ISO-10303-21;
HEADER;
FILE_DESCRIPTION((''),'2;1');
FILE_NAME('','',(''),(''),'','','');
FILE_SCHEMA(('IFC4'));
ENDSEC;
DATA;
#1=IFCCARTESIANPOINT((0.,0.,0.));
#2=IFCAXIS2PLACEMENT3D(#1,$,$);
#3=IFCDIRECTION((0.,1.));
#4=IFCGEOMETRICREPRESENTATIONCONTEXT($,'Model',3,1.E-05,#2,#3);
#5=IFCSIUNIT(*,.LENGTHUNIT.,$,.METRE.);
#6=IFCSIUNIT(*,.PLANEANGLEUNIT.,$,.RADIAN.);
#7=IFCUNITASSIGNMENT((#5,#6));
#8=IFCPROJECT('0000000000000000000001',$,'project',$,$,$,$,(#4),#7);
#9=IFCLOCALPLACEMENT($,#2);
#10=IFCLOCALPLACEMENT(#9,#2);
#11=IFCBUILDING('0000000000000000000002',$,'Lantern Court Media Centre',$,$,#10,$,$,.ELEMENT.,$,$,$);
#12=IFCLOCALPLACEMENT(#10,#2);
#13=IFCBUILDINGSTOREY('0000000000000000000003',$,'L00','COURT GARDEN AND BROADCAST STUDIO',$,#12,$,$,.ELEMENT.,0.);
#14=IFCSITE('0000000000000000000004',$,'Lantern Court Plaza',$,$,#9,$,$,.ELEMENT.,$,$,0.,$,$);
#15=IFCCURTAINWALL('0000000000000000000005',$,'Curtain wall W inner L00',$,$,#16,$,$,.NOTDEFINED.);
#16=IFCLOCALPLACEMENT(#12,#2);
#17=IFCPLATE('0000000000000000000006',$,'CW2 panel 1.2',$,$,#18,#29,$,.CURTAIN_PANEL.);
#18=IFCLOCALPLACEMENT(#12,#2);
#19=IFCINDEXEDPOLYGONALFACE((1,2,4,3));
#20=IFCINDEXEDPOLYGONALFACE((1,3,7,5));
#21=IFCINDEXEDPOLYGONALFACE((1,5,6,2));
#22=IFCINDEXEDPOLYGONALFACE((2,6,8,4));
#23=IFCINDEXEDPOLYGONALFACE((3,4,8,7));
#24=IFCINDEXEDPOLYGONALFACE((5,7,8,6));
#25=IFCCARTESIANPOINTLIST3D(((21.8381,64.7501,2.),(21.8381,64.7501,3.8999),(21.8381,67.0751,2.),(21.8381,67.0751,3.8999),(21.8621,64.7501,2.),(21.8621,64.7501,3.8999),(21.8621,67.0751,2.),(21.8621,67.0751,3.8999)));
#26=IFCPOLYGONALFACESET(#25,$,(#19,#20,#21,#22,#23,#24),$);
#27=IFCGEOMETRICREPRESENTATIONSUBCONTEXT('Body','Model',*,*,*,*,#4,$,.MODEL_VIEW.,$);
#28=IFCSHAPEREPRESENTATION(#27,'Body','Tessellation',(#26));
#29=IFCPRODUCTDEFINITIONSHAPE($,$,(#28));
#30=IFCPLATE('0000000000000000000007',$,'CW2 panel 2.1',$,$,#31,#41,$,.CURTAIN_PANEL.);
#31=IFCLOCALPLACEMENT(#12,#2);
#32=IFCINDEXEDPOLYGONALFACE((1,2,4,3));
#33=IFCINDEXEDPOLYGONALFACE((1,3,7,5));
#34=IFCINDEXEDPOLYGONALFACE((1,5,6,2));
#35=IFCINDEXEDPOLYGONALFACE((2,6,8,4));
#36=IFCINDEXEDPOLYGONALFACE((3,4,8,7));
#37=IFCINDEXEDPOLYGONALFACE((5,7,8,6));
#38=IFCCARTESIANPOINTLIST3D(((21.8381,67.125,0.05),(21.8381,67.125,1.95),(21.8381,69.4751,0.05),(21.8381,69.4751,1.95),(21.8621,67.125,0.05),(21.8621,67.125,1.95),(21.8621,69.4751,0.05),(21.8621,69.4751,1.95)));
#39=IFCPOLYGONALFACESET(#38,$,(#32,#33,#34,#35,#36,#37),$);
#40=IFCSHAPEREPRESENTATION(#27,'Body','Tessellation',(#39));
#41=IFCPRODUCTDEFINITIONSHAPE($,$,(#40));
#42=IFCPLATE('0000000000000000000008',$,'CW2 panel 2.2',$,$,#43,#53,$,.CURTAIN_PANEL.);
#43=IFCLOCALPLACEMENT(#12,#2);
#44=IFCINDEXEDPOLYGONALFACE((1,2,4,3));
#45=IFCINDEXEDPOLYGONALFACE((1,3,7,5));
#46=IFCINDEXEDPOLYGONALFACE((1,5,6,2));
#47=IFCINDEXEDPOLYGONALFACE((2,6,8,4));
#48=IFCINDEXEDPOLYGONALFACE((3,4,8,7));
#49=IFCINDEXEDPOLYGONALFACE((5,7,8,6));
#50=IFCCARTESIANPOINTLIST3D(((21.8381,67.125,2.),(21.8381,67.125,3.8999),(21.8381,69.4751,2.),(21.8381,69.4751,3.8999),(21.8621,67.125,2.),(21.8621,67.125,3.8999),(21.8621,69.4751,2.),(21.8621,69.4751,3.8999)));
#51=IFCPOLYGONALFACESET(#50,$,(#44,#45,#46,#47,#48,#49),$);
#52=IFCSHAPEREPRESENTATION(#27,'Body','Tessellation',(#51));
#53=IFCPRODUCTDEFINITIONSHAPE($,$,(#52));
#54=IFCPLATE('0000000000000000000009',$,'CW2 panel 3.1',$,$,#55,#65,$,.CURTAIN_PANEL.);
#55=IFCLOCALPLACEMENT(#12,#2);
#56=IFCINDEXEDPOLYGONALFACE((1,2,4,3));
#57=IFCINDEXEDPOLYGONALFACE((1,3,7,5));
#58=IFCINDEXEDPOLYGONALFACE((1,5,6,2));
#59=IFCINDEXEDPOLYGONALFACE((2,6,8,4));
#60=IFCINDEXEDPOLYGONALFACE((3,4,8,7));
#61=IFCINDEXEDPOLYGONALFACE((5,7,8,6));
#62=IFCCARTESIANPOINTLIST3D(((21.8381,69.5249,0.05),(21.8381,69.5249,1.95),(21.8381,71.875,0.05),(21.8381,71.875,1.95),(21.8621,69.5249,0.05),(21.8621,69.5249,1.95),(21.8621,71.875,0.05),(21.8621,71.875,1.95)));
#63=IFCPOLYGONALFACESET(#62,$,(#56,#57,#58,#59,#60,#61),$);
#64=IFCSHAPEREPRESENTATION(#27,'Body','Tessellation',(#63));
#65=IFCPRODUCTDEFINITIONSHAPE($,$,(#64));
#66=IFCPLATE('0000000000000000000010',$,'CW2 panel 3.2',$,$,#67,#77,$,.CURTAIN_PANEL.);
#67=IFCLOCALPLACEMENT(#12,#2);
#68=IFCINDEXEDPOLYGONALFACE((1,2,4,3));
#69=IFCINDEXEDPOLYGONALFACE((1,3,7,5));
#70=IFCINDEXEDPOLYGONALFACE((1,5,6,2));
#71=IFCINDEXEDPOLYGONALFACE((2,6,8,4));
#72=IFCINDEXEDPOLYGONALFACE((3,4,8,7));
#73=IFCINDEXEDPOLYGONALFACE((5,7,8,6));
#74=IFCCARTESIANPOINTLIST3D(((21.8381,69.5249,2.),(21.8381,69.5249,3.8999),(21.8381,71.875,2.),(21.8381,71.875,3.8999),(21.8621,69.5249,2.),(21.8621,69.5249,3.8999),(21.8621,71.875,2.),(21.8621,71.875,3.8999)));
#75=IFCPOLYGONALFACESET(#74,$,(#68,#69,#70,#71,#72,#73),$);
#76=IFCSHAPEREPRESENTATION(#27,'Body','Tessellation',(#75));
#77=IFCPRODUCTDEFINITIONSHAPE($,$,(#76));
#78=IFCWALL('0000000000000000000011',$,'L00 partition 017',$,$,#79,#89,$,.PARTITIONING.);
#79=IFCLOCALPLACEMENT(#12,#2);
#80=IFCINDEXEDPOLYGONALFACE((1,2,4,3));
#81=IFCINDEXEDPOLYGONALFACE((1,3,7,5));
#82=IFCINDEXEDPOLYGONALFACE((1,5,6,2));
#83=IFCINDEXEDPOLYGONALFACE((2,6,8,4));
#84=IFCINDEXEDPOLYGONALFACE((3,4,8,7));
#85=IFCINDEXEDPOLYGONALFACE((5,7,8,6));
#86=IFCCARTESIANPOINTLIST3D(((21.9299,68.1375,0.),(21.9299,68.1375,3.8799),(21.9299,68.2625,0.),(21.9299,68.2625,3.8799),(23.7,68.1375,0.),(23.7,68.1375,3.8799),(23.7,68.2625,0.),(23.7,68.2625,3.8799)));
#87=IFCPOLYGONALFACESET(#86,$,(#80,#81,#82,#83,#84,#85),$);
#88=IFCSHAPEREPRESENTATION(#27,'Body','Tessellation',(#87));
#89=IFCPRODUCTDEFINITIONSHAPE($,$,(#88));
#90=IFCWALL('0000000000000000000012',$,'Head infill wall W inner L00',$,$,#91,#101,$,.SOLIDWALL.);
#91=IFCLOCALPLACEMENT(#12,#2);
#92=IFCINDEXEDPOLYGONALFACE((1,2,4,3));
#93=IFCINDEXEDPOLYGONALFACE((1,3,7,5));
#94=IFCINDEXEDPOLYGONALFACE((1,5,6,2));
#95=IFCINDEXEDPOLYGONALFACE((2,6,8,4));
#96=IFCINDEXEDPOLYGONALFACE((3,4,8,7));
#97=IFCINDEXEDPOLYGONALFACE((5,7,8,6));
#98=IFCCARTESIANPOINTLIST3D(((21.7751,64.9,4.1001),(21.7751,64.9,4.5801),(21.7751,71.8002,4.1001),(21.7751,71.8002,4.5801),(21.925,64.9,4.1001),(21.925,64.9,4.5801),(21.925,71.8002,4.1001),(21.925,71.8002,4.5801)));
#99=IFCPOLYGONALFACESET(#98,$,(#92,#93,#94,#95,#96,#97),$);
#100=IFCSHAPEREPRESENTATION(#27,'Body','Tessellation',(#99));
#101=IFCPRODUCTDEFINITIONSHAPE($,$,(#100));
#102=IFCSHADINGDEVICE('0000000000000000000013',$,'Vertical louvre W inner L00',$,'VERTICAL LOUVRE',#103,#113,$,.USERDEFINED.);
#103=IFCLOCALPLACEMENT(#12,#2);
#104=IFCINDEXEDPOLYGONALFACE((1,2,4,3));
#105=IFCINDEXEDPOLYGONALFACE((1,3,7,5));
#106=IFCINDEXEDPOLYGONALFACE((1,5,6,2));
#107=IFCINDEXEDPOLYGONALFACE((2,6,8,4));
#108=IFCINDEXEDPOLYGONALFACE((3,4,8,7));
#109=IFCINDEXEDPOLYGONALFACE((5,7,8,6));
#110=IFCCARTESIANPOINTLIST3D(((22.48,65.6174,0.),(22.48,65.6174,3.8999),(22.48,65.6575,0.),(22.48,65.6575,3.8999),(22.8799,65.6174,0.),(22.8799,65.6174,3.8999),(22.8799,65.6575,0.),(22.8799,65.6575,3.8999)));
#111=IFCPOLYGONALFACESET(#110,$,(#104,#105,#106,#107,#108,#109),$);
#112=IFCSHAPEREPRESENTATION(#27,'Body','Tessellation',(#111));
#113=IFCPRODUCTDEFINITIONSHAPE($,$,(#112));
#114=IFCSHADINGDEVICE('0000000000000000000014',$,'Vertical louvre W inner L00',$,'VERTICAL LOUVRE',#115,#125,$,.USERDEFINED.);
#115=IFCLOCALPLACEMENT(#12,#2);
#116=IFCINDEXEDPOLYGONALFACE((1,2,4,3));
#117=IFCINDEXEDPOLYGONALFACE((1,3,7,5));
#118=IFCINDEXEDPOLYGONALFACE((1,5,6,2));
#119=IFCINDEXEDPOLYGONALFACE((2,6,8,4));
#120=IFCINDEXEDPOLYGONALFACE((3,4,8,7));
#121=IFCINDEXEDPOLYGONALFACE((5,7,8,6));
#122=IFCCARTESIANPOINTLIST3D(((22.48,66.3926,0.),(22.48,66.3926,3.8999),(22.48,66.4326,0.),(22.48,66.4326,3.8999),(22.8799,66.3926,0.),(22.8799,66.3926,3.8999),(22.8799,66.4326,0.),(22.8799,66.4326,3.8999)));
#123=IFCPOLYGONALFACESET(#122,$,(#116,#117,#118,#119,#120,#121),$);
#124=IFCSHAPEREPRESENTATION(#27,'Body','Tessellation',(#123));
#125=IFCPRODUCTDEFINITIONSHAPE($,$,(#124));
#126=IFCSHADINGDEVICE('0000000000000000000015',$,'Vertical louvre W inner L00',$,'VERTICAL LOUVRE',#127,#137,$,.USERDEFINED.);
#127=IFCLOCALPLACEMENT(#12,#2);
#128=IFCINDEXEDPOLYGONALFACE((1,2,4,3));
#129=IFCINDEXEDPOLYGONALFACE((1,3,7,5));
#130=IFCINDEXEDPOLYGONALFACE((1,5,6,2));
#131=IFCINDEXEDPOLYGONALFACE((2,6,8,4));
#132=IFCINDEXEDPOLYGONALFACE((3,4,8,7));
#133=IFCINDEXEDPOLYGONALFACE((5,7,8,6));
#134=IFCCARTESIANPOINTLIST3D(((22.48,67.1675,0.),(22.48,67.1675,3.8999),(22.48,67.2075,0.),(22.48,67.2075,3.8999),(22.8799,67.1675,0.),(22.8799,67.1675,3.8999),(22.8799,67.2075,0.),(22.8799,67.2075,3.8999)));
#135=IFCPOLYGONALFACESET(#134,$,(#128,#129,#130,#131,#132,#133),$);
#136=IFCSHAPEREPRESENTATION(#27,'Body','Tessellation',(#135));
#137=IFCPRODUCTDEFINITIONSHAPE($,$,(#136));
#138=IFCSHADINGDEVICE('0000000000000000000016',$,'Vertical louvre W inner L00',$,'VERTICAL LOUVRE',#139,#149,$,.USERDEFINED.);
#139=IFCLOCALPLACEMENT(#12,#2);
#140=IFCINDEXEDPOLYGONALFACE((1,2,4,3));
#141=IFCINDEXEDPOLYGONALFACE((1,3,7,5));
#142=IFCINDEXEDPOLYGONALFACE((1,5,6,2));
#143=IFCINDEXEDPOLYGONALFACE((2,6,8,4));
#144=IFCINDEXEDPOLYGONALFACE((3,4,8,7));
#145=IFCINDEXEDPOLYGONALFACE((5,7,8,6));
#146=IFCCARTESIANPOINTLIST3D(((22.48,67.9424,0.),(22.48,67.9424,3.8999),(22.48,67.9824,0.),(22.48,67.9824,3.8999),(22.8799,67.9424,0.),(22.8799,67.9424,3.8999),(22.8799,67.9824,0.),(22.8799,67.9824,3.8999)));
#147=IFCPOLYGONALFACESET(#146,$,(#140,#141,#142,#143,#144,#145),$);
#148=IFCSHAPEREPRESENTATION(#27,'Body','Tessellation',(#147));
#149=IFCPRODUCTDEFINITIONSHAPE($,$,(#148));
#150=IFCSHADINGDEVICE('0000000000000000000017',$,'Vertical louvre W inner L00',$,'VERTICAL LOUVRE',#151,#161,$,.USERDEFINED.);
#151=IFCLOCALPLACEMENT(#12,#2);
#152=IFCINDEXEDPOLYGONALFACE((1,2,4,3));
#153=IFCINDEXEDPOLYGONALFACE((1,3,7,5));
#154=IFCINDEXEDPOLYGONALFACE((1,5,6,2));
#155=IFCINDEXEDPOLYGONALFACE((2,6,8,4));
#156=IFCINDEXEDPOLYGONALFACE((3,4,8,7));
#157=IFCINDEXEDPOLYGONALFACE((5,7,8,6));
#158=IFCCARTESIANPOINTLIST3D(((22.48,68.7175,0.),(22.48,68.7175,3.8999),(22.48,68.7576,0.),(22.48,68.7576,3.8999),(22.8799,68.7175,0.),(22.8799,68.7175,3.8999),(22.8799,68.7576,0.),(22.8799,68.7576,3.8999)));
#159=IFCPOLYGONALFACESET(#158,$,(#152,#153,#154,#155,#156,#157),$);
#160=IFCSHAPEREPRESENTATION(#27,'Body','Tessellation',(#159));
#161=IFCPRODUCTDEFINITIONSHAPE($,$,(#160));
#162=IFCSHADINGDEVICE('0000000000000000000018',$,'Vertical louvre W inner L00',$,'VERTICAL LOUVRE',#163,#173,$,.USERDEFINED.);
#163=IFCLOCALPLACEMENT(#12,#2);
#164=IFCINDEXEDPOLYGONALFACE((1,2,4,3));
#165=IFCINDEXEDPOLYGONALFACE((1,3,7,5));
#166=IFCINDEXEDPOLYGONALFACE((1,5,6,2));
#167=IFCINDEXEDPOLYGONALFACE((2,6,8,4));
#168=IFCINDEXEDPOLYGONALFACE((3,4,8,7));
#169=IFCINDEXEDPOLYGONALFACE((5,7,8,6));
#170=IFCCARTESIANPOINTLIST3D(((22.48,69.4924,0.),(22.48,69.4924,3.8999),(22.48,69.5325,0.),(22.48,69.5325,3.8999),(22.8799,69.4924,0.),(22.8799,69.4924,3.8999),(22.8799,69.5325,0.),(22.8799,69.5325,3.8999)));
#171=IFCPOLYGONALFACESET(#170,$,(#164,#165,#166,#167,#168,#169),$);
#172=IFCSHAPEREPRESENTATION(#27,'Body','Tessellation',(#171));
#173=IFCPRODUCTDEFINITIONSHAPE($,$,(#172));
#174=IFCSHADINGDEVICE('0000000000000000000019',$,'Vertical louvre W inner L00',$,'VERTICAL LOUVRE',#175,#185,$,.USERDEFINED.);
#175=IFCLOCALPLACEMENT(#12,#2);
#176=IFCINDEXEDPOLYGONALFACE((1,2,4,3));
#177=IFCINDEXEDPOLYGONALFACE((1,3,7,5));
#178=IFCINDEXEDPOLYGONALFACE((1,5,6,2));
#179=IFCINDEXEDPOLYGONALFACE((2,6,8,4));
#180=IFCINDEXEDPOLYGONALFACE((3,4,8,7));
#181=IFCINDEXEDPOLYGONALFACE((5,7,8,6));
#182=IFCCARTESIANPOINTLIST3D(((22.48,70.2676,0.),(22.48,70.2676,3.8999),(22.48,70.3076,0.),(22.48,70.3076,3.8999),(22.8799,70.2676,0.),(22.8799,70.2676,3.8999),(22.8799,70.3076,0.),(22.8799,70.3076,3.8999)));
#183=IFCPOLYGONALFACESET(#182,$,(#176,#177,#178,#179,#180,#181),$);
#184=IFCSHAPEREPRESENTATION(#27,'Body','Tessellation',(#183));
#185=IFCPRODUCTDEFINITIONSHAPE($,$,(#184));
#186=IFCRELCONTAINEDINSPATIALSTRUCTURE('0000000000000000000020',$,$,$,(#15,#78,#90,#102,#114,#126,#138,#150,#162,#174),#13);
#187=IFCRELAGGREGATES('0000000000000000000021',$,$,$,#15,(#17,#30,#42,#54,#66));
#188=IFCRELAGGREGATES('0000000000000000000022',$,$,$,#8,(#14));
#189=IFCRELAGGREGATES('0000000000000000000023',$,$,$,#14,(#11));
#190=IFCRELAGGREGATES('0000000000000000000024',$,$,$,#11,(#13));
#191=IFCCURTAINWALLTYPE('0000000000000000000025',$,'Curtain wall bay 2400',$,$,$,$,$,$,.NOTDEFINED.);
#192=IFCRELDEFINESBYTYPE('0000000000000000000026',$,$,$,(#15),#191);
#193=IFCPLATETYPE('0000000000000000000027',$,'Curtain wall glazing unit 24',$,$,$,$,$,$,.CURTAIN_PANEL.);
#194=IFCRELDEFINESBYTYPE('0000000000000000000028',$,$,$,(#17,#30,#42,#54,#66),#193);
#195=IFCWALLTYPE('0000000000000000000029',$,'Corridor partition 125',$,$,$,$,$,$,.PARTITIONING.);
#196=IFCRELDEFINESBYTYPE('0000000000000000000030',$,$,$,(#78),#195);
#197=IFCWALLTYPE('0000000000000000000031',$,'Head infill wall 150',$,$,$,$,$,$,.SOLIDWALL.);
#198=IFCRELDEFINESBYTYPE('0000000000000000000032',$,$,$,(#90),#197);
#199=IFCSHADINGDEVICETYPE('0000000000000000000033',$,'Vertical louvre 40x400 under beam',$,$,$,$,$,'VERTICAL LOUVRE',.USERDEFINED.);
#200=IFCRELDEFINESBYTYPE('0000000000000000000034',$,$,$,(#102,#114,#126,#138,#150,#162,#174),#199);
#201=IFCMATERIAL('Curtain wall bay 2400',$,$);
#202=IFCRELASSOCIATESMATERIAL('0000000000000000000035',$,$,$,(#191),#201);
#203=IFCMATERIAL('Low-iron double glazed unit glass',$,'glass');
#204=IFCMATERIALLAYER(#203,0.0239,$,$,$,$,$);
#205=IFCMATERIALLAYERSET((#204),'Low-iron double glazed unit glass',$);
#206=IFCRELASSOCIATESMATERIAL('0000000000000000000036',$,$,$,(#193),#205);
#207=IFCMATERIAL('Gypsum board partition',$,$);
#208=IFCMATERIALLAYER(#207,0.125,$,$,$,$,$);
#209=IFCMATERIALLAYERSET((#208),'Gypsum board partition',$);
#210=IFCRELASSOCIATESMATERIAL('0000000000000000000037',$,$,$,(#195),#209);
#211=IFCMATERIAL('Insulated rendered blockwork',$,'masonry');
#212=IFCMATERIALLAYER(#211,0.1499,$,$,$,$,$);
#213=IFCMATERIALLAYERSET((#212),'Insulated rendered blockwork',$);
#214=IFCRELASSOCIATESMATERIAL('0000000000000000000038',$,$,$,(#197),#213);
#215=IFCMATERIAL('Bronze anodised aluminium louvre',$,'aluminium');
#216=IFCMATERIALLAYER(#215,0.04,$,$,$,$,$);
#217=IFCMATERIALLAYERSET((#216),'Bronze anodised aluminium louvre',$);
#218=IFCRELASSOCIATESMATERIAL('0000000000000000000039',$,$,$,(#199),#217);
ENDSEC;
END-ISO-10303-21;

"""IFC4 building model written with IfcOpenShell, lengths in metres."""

from ifc_helpers import new_model, si_unit, direction, frame, frame_2d, origin, origin_2d, place, context, subcontext, project, spatial, rectangle, extrude, material, layer, layer_set, type_object, element, aggregate, save


model = new_model("IFC4")

# Units and contexts
model_context = context("Model", 3, precision=1e-05, world=origin(), true_north=direction((0.0, 1.0)))
body_context = subcontext(model_context, "Body", "Model", "MODEL_VIEW")
ifc_project = project(units=[si_unit("LENGTHUNIT", "METRE"), si_unit("PLANEANGLEUNIT", "RADIAN")], contexts=[model_context])

# Site, building, storey
site_placement = place(None, origin())
site = spatial("IfcSite", under=ifc_project, at=site_placement, Name="Lantern Court Plaza", CompositionType="ELEMENT", RefElevation=0.0)
building_placement = place(site_placement, origin())
building = spatial("IfcBuilding", under=site, at=building_placement, Name="Lantern Court Media Centre", CompositionType="ELEMENT")
storey_placement = place(building_placement, origin())
storey = spatial("IfcBuildingStorey", under=building, at=storey_placement, Name="L00", Description="COURT GARDEN AND BROADCAST STUDIO", CompositionType="ELEMENT", Elevation=0.0)

# Curtain wall
ifc_material_1 = material(Name="Curtain wall bay 2400")
curtain_wall_type = type_object("IfcCurtainWallType", Name="Curtain wall bay 2400", PredefinedType="NOTDEFINED", material=ifc_material_1)
curtain_wall_placement = place(storey_placement, origin())
curtain_wall = element("IfcCurtainWall", 1, at=curtain_wall_placement, inside=storey, type_object=curtain_wall_type, Name="Curtain wall W inner L00", PredefinedType="NOTDEFINED")

# Plates
ifc_material_2 = material(Name="Low-iron double glazed unit glass", Category="glass")
ifc_layer_1 = layer(ifc_material_2, 0.0239)
ifc_layer_set_1 = layer_set([ifc_layer_1], Name="Low-iron double glazed unit glass")
plate_type = type_object("IfcPlateType", Name="Curtain wall glazing unit 24", PredefinedType="CURTAIN_PANEL", material=ifc_layer_set_1)
plate_1_placement = place(storey_placement, frame((21.8501, 65.9126, 2.0), z_axis=(0.0, 0.0, 1.0), x_axis=(0.0, 1.0, 0.0)))
plate_1 = element("IfcPlate", 2, at=plate_1_placement, type_object=plate_type, Name="CW2 panel 1.2", PredefinedType="CURTAIN_PANEL", context=body_context, shape_type="SweptSolid", body=[
    extrude(rectangle(XDim=2.325, YDim=0.0239, at=origin_2d()), origin(), (0.0, 0.0, 1.0), 1.8999),
])
plate_2_placement = place(storey_placement, frame((21.8501, 68.3, 0.05), z_axis=(0.0, 0.0, 1.0), x_axis=(0.0, 1.0, 0.0)))
plate_2 = element("IfcPlate", 3, at=plate_2_placement, type_object=plate_type, Name="CW2 panel 2.1", PredefinedType="CURTAIN_PANEL", context=body_context, shape_type="SweptSolid", body=[
    extrude(rectangle(XDim=2.3501, YDim=0.0239, at=origin_2d()), origin(), (0.0, 0.0, 1.0), 1.8999),
])
plate_3_placement = place(storey_placement, frame((21.8501, 68.3, 2.0), z_axis=(0.0, 0.0, 1.0), x_axis=(0.0, 1.0, 0.0)))
plate_3 = element("IfcPlate", 4, at=plate_3_placement, type_object=plate_type, Name="CW2 panel 2.2", PredefinedType="CURTAIN_PANEL", context=body_context, shape_type="SweptSolid", body=[
    extrude(rectangle(XDim=2.3501, YDim=0.0239, at=origin_2d()), origin(), (0.0, 0.0, 1.0), 1.8999),
])
plate_4_placement = place(storey_placement, frame((21.8501, 70.7, 0.05), z_axis=(0.0, 0.0, 1.0), x_axis=(0.0, 1.0, 0.0)))
plate_4 = element("IfcPlate", 5, at=plate_4_placement, type_object=plate_type, Name="CW2 panel 3.1", PredefinedType="CURTAIN_PANEL", context=body_context, shape_type="SweptSolid", body=[
    extrude(rectangle(XDim=2.3501, YDim=0.0239, at=origin_2d()), origin(), (0.0, 0.0, 1.0), 1.8999),
])
plate_5_placement = place(storey_placement, frame((21.8501, 70.7, 2.0), z_axis=(0.0, 0.0, 1.0), x_axis=(0.0, 1.0, 0.0)))
plate_5 = element("IfcPlate", 6, at=plate_5_placement, type_object=plate_type, Name="CW2 panel 3.2", PredefinedType="CURTAIN_PANEL", context=body_context, shape_type="SweptSolid", body=[
    extrude(rectangle(XDim=2.3501, YDim=0.0239, at=origin_2d()), origin(), (0.0, 0.0, 1.0), 1.8999),
])
aggregate(curtain_wall, [plate_1, plate_2, plate_3, plate_4, plate_5])

# Walls
ifc_material_3 = material(Name="Gypsum board partition")
ifc_layer_2 = layer(ifc_material_3, 0.125)
ifc_layer_set_2 = layer_set([ifc_layer_2], Name="Gypsum board partition")
wall_type_1 = type_object("IfcWallType", Name="Corridor partition 125", PredefinedType="PARTITIONING", material=ifc_layer_set_2)
wall_1_placement = place(storey_placement, frame((21.9299, 68.2, 0.0), z_axis=(0.0, 0.0, 1.0), x_axis=(1.0, 0.0, 0.0)))
element("IfcWall", 7, at=wall_1_placement, inside=storey, type_object=wall_type_1, Name="L00 partition 017", PredefinedType="PARTITIONING", context=body_context, shape_type="SweptSolid", body=[
    extrude(rectangle(XDim=1.77, YDim=0.125, at=frame_2d((0.885, 0.0))), origin(), (0.0, 0.0, 1.0), 3.8799),
])
ifc_material_4 = material(Name="Insulated rendered blockwork", Category="masonry")
ifc_layer_3 = layer(ifc_material_4, 0.1499)
ifc_layer_set_3 = layer_set([ifc_layer_3], Name="Insulated rendered blockwork")
wall_type_2 = type_object("IfcWallType", Name="Head infill wall 150", PredefinedType="SOLIDWALL", material=ifc_layer_set_3)
wall_2_placement = place(storey_placement, frame((21.8501, 64.8999, 4.1001), z_axis=(0.0, 0.0, 1.0), x_axis=(0.0, 1.0, 0.0)))
element("IfcWall", 8, at=wall_2_placement, inside=storey, type_object=wall_type_2, Name="Head infill wall W inner L00", PredefinedType="SOLIDWALL", context=body_context, shape_type="SweptSolid", body=[
    extrude(rectangle(XDim=6.9001, YDim=0.1499, at=frame_2d((3.4502, 0.0))), origin(), (0.0, 0.0, 1.0), 0.48),
])

# Shading devices
ifc_material_5 = material(Name="Bronze anodised aluminium louvre", Category="aluminium")
ifc_layer_4 = layer(ifc_material_5, 0.04)
ifc_layer_set_4 = layer_set([ifc_layer_4], Name="Bronze anodised aluminium louvre")
shading_device_type = type_object("IfcShadingDeviceType", Name="Vertical louvre 40x400 under beam", ElementType="VERTICAL LOUVRE", PredefinedType="USERDEFINED", material=ifc_layer_set_4)
for number, where, z_axis, x_axis, name in (
    (9, (22.6799, 65.6375, 0.0), (0.0, 0.0, 1.0), (1.0, 0.0, 0.0), "Vertical louvre W inner L00"),
    (10, (22.6799, 66.4126, 0.0), (0.0, 0.0, 1.0), (1.0, 0.0, 0.0), "Vertical louvre W inner L00"),
    (11, (22.6799, 67.1875, 0.0), (0.0, 0.0, 1.0), (1.0, 0.0, 0.0), "Vertical louvre W inner L00"),
    (12, (22.6799, 67.9624, 0.0), (0.0, 0.0, 1.0), (1.0, 0.0, 0.0), "Vertical louvre W inner L00"),
    (13, (22.6799, 68.7375, 0.0), (0.0, 0.0, 1.0), (1.0, 0.0, 0.0), "Vertical louvre W inner L00"),
    (14, (22.6799, 69.5125, 0.0), (0.0, 0.0, 1.0), (1.0, 0.0, 0.0), "Vertical louvre W inner L00"),
    (15, (22.6799, 70.2876, 0.0), (0.0, 0.0, 1.0), (1.0, 0.0, 0.0), "Vertical louvre W inner L00"),
):
    element("IfcShadingDevice", number, at=place(storey_placement, frame(where, z_axis=z_axis, x_axis=x_axis)), inside=storey, type_object=shading_device_type, Name=name, ObjectType="VERTICAL LOUVRE", PredefinedType="USERDEFINED", context=body_context, shape_type="SweptSolid", body=[
        extrude(rectangle(XDim=0.3999, YDim=0.04, at=origin_2d()), origin(), (0.0, 0.0, 1.0), 3.8999),
    ])

save(model, "model.ifc")
